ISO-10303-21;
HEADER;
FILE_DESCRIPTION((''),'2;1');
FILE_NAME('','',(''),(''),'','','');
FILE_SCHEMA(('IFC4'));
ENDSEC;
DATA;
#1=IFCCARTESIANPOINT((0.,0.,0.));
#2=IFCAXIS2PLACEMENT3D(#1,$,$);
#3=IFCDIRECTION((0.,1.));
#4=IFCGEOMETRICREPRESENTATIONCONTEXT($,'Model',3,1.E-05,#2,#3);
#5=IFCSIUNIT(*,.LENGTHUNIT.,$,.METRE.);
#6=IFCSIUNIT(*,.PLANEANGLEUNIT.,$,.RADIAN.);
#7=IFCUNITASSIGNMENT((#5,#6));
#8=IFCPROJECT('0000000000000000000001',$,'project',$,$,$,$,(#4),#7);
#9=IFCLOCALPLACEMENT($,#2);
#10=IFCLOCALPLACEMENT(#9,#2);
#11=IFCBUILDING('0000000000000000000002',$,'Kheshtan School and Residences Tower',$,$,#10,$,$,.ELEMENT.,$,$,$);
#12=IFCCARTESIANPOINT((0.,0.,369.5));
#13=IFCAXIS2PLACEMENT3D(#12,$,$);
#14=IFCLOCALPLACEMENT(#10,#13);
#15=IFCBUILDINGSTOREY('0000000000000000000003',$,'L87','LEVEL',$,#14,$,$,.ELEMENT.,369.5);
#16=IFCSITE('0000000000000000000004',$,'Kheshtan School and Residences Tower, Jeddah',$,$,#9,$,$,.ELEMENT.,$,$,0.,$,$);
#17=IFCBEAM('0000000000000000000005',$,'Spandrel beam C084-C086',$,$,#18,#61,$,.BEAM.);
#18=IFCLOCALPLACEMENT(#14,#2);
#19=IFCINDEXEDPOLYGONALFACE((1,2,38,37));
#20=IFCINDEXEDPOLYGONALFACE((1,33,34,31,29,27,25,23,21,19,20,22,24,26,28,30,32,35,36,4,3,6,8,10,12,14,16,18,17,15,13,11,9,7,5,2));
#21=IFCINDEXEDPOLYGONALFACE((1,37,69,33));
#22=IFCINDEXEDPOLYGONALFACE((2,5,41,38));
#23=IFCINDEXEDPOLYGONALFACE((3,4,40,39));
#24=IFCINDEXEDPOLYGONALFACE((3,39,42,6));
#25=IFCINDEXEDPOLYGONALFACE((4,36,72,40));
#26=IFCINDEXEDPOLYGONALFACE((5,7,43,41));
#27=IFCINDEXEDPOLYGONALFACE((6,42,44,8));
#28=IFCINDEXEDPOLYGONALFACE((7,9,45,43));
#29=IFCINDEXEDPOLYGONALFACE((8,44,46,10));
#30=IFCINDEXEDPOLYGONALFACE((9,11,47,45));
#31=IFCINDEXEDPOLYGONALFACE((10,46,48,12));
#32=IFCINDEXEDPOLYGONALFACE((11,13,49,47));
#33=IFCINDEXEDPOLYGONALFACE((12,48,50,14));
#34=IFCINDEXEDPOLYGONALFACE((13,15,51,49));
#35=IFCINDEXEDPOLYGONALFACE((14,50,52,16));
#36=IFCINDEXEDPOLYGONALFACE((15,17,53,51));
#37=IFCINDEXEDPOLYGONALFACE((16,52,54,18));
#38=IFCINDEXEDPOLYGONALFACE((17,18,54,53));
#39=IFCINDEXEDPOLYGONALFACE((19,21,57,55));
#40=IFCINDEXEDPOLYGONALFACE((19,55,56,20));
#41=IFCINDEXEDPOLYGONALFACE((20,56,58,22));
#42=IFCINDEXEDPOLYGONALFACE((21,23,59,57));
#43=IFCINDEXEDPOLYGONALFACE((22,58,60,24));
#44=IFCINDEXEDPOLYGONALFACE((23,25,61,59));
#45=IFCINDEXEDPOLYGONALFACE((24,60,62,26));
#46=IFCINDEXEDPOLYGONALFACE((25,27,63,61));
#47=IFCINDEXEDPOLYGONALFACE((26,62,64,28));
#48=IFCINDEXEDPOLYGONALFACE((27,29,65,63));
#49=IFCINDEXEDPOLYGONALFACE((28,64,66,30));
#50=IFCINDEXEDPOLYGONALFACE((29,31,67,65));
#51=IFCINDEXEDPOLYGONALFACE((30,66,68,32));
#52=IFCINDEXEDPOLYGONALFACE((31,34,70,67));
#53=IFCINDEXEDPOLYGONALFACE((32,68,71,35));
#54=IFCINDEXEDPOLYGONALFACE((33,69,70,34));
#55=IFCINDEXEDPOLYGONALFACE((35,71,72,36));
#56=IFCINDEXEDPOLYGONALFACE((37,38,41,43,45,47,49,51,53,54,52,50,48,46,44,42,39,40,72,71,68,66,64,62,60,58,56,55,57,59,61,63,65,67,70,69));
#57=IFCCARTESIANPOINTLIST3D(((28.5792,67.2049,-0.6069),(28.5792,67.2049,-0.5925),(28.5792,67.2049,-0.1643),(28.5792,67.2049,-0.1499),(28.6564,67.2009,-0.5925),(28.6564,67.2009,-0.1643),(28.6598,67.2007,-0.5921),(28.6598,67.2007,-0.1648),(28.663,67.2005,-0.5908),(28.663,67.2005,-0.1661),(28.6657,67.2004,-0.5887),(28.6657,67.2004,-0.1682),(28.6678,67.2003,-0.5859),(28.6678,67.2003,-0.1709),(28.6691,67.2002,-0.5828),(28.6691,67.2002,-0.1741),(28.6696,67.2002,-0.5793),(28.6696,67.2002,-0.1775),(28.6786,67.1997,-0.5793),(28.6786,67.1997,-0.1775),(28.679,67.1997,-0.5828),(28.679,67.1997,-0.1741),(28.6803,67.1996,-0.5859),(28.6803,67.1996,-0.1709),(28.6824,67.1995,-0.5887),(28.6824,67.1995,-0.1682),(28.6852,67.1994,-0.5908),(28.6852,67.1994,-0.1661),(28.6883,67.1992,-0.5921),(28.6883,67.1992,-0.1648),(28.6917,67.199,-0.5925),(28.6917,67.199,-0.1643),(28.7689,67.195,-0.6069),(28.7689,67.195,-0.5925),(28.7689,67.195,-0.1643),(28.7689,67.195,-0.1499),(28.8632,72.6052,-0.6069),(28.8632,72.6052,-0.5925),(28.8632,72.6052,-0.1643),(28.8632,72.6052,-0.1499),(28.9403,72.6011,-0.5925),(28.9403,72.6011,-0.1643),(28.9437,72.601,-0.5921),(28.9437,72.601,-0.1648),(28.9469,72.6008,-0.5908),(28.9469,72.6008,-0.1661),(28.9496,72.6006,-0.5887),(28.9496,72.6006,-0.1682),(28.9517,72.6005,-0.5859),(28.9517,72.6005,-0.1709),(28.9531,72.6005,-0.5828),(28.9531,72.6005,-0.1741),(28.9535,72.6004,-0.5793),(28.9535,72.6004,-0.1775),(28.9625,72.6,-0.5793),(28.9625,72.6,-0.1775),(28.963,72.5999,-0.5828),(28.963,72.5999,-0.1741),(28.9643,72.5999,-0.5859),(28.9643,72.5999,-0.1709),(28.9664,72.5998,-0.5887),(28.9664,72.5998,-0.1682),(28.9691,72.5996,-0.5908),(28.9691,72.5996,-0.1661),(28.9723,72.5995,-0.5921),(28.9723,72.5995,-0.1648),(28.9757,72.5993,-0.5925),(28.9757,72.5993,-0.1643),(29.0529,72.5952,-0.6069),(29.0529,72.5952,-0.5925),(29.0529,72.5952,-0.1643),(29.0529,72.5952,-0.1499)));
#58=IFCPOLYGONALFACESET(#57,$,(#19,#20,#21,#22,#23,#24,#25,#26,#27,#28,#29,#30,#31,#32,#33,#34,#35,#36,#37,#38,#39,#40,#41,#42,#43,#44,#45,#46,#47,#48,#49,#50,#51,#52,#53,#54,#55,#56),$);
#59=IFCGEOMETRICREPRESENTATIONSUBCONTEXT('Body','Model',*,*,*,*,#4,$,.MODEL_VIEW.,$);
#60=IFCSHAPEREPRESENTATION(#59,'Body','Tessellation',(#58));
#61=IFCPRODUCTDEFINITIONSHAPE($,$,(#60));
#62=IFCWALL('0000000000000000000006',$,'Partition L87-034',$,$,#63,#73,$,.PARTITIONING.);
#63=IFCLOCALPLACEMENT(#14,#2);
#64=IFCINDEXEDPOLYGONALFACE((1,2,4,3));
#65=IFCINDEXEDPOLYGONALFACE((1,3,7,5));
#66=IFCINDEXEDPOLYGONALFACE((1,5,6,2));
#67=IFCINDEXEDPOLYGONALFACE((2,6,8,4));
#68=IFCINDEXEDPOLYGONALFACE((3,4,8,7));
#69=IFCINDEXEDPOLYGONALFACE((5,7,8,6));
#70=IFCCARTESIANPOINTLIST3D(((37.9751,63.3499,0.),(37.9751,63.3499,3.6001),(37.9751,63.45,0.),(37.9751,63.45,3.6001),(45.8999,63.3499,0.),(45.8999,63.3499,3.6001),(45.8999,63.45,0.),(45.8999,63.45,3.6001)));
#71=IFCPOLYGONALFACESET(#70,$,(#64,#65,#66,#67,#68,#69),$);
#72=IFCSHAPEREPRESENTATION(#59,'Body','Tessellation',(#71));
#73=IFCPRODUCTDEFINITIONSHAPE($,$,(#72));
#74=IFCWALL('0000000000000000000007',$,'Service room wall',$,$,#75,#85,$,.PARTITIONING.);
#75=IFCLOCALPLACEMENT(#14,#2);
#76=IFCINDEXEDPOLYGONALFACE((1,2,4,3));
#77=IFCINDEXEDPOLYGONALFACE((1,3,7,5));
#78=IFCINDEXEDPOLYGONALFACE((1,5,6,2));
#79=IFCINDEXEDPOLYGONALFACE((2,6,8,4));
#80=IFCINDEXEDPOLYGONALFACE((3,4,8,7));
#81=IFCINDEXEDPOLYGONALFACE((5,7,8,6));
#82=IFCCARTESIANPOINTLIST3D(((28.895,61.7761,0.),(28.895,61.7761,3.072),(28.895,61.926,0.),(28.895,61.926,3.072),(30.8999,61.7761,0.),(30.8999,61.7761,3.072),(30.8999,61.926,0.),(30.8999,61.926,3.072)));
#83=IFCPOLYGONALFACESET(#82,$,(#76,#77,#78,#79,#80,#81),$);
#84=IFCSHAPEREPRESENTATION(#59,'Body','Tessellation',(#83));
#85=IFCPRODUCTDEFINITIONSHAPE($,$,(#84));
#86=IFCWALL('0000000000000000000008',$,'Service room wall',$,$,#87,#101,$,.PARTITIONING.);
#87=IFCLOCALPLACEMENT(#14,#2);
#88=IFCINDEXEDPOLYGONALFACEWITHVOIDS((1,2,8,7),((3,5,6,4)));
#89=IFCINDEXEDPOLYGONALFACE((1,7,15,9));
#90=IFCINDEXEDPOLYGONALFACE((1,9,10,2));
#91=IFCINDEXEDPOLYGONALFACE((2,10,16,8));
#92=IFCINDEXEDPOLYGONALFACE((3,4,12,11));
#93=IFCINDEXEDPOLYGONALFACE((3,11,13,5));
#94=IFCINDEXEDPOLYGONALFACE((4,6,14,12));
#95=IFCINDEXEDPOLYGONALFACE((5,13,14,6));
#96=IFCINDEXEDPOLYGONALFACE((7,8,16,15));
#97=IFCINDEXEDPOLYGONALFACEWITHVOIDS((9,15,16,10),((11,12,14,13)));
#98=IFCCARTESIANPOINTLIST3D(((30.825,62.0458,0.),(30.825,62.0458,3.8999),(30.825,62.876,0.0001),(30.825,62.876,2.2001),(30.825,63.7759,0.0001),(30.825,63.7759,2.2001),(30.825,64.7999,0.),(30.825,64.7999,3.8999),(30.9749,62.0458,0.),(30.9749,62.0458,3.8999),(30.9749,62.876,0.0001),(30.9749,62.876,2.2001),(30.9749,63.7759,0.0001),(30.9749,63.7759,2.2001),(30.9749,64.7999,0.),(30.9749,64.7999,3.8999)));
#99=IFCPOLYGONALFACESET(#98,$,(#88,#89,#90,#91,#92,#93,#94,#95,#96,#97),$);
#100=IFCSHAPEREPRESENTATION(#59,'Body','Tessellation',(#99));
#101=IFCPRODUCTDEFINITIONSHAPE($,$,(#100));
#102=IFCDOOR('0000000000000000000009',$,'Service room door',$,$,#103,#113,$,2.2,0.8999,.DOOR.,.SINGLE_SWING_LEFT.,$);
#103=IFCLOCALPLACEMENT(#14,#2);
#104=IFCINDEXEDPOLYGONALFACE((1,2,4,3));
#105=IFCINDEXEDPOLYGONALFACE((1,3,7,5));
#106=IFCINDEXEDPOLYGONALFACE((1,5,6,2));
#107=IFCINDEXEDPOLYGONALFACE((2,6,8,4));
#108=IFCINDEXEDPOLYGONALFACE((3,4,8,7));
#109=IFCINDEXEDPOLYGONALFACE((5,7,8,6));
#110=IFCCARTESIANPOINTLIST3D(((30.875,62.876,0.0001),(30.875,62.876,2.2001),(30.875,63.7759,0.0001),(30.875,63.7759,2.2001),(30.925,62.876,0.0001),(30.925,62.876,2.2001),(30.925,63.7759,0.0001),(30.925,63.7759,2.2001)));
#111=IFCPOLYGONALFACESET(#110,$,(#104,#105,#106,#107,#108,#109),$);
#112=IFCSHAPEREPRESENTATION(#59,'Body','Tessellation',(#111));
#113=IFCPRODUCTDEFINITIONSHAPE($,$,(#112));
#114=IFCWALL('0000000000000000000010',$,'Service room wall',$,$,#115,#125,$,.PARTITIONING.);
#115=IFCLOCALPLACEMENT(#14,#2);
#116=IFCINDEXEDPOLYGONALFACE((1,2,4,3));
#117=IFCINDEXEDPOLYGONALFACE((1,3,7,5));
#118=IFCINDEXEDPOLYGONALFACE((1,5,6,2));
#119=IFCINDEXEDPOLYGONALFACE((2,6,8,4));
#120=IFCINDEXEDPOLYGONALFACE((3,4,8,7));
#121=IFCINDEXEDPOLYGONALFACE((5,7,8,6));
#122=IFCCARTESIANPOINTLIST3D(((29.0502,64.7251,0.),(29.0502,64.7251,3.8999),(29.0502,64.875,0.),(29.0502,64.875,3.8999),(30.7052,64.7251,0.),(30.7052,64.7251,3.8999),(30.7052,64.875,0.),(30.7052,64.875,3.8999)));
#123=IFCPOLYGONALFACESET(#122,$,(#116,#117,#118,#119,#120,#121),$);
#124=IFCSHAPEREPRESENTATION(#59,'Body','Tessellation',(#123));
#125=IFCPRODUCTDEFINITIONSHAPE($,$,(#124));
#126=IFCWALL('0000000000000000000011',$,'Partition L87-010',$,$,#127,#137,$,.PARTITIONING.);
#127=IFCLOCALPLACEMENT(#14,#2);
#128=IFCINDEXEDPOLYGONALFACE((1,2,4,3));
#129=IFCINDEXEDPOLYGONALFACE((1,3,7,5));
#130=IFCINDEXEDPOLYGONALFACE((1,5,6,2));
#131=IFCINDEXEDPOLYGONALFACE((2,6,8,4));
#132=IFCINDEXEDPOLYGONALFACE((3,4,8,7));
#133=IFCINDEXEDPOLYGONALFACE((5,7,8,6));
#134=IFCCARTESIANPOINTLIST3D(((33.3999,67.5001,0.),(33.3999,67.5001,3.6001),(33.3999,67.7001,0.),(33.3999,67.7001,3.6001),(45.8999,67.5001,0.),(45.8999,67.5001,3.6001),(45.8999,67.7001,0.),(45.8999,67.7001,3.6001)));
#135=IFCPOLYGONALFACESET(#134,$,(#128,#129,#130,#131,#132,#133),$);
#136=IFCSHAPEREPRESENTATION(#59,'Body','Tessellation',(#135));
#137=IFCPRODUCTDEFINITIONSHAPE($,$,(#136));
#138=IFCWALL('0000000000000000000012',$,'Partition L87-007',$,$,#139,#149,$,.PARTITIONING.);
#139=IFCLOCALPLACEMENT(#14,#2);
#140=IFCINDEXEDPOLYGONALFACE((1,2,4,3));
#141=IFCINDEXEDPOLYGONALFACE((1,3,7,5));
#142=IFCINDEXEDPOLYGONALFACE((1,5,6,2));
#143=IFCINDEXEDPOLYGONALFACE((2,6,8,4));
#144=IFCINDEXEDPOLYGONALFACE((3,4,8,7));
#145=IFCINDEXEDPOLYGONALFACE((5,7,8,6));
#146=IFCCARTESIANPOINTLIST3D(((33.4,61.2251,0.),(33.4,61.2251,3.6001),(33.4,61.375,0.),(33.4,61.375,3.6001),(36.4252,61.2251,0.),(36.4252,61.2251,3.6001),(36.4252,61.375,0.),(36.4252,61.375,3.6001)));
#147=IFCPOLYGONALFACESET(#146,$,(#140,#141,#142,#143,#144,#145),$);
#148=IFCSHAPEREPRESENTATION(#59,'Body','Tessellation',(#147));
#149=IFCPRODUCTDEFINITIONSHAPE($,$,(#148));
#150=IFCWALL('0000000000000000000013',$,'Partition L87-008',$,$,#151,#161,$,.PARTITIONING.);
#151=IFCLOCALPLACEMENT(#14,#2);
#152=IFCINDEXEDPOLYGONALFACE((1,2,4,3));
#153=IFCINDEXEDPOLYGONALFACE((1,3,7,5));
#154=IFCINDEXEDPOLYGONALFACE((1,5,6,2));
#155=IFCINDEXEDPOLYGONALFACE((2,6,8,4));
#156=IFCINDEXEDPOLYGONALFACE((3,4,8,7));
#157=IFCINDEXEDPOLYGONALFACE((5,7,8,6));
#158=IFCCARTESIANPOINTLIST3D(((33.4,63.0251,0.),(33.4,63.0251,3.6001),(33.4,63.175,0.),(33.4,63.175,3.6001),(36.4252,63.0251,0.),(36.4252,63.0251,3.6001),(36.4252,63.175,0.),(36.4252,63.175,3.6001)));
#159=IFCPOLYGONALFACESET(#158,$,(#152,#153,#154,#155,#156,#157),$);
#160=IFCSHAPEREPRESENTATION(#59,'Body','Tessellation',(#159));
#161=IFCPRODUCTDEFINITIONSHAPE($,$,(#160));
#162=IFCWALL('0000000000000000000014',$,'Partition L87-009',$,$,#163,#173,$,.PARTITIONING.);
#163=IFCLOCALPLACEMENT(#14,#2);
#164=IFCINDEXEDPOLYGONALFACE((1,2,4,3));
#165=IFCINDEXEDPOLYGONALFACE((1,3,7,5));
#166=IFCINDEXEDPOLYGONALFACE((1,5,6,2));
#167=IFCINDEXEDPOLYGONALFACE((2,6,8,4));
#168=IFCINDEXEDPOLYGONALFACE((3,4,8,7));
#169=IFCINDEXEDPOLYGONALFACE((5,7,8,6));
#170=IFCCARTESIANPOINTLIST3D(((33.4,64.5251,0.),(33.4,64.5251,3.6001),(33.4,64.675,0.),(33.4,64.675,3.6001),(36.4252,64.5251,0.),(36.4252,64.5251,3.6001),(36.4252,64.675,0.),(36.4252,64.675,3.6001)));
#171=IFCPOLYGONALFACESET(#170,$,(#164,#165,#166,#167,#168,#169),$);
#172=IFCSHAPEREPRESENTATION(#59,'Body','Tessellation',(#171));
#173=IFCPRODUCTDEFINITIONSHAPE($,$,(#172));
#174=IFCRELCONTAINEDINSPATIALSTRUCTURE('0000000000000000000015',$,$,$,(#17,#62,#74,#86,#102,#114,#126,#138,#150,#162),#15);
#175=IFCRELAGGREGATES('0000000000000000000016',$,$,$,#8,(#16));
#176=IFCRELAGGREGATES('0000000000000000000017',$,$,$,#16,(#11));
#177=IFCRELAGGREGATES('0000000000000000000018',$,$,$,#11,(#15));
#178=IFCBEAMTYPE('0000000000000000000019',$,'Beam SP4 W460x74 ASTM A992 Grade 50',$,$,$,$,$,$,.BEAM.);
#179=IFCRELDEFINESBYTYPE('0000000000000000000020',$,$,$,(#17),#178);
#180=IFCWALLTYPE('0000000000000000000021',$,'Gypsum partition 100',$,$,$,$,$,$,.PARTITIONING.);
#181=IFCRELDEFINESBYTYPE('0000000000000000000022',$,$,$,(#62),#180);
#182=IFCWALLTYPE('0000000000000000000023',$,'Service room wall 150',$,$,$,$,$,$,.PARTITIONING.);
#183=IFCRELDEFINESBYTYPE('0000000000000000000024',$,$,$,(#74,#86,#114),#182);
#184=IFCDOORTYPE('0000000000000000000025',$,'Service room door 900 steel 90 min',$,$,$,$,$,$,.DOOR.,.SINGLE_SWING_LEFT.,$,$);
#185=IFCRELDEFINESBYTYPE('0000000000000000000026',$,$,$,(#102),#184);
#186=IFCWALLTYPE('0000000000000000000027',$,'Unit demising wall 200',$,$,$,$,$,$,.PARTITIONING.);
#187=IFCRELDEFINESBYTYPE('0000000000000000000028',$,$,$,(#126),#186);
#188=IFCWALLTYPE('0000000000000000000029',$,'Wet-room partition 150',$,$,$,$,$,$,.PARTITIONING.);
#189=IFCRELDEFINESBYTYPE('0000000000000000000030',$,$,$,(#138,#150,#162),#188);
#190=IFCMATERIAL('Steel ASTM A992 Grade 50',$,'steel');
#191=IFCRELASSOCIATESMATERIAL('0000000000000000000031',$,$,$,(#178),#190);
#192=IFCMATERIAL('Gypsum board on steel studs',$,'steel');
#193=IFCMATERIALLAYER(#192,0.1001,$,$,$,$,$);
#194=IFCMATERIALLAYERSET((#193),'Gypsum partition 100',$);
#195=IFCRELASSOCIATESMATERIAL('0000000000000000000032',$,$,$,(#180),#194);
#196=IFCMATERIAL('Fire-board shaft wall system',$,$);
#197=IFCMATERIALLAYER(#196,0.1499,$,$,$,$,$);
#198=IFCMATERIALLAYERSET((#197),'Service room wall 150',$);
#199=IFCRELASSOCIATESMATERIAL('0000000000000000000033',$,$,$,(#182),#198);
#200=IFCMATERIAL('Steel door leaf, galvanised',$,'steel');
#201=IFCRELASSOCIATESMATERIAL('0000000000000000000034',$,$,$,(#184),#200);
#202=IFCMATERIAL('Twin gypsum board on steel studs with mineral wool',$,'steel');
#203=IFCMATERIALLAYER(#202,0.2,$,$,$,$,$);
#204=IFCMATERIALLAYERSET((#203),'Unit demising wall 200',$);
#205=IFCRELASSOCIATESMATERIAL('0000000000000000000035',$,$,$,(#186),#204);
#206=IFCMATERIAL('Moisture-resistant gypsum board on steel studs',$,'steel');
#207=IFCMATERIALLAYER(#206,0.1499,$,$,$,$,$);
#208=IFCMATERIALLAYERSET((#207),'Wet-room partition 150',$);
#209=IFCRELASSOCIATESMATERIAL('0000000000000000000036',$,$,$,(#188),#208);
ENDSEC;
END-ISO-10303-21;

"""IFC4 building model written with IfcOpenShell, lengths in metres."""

from ifc_helpers import new_model, si_unit, direction, frame, frame_2d, origin, origin_2d, place, context, subcontext, project, spatial, rectangle, i_section, extrude, source, transform, mapped, material, layer, layer_set, material_profile, profile_set, type_object, element, fill, save


model = new_model("IFC4")

# Units and contexts
model_context = context("Model", 3, precision=1e-05, world=origin(), true_north=direction((0.0, 1.0)))
body_context = subcontext(model_context, "Body", "Model", "MODEL_VIEW")
ifc_project = project(units=[si_unit("LENGTHUNIT", "METRE"), si_unit("PLANEANGLEUNIT", "RADIAN")], contexts=[model_context])

# Site, building, storey
site_placement = place(None, origin())
site = spatial("IfcSite", under=ifc_project, at=site_placement, Name="Kheshtan School and Residences Tower, Jeddah", CompositionType="ELEMENT", RefElevation=0.0)
building_placement = place(site_placement, origin())
building = spatial("IfcBuilding", under=site, at=building_placement, Name="Kheshtan School and Residences Tower", CompositionType="ELEMENT")
storey_placement = place(building_placement, frame((0.0, 0.0, 369.5)))
storey = spatial("IfcBuildingStorey", under=building, at=storey_placement, Name="L87", Description="LEVEL", CompositionType="ELEMENT", Elevation=369.5)

# Shared definitions
ifc_material_1 = material(Name="Steel ASTM A992 Grade 50", Category="steel")

# Beam
ifc_material_profile_1 = material_profile(ifc_material_1, i_section(OverallWidth=0.1899, OverallDepth=0.457, WebThickness=0.009, FlangeThickness=0.0144, FilletRadius=0.0132, at=origin_2d()), Name="W460x74")
ifc_profile_set_1 = profile_set([ifc_material_profile_1], Name="Steel ASTM A992 Grade 50")
beam_type_1 = type_object("IfcBeamType", Name="Beam SP4 W460x74 ASTM A992 Grade 50", PredefinedType="BEAM", material=ifc_profile_set_1)
beam_1_placement = place(storey_placement, frame((28.6741, 67.2, -0.3784), z_axis=(0.052507, 0.998621, 0.0), x_axis=(-0.998621, 0.052507, 0.0)))
element("IfcBeam", 1, at=beam_1_placement, inside=storey, type_object=beam_type_1, Name="Spandrel beam C084-C086", PredefinedType="BEAM", context=body_context, shape_type="SweptSolid", body=[
    extrude(i_section(OverallWidth=0.1899, OverallDepth=0.457, WebThickness=0.009, FlangeThickness=0.0144, FilletRadius=0.0132, at=origin_2d()), origin(), (0.0, 0.0, 1.0), 5.4077),
])

# Walls
ifc_material_2 = material(Name="Gypsum board on steel studs", Category="steel")
ifc_layer_1 = layer(ifc_material_2, 0.1001)
ifc_layer_set_1 = layer_set([ifc_layer_1], Name="Gypsum partition 100")
wall_type_1 = type_object("IfcWallType", Name="Gypsum partition 100", PredefinedType="PARTITIONING", material=ifc_layer_set_1)
wall_1_placement = place(storey_placement, frame((37.9751, 63.3999, 0.0), z_axis=(0.0, 0.0, 1.0), x_axis=(1.0, 0.0, 0.0)))
element("IfcWall", 2, at=wall_1_placement, inside=storey, type_object=wall_type_1, Name="Partition L87-034", PredefinedType="PARTITIONING", context=body_context, shape_type="SweptSolid", body=[
    extrude(rectangle(XDim=7.9248, YDim=0.1001, at=frame_2d((3.9624, 0.0))), origin(), (0.0, 0.0, 1.0), 3.6001),
])
ifc_material_3 = material(Name="Fire-board shaft wall system")
ifc_layer_2 = layer(ifc_material_3, 0.1499)
ifc_layer_set_2 = layer_set([ifc_layer_2], Name="Service room wall 150")
wall_type_2 = type_object("IfcWallType", Name="Service room wall 150", PredefinedType="PARTITIONING", material=ifc_layer_set_2)
wall_2_placement = place(storey_placement, frame((28.895, 61.8511, 0.0), z_axis=(0.0, 0.0, 1.0), x_axis=(1.0, 0.0, 0.0)))
element("IfcWall", 3, at=wall_2_placement, inside=storey, type_object=wall_type_2, Name="Service room wall", PredefinedType="PARTITIONING", context=body_context, shape_type="SweptSolid", body=[
    extrude(rectangle(XDim=2.0049, YDim=0.1499, at=frame_2d((1.0024, 0.0))), origin(), (0.0, 0.0, 1.0), 3.072),
])

# Wall, opening, door
wall_3_placement = place(storey_placement, frame((30.8999, 62.0459, 0.0), z_axis=(0.0, 0.0, 1.0), x_axis=(0.0, 1.0, 0.0)))
wall_3 = element("IfcWall", 4, at=wall_3_placement, inside=storey, type_object=wall_type_2, Name="Service room wall", PredefinedType="PARTITIONING", context=body_context, shape_type="SweptSolid", body=[
    extrude(rectangle(XDim=2.7542, YDim=0.1499, at=frame_2d((1.377, 0.0))), origin(), (0.0, 0.0, 1.0), 3.8999),
])
opening_1_placement = place(wall_3_placement, frame((0.8301, 0.0, 0.0)))
opening_1 = element("IfcOpeningElement", 5, at=opening_1_placement, cuts=wall_3, PredefinedType="OPENING", context=body_context, shape_type="SweptSolid", body=[
    extrude(rectangle(XDim=0.8999, YDim=2.2, at=frame_2d((0.45, 1.1001))), frame((0.0, 0.085, 0.0), z_axis=(0.0, -1.0, 0.0), x_axis=(1.0, 0.0, 0.0)), (0.0, 0.0, 1.0), 0.1699),
])
ifc_material_4 = material(Name="Steel door leaf, galvanised", Category="steel")
door_type_1 = type_object("IfcDoorType", Name="Service room door 900 steel 90 min", OperationType="SINGLE_SWING_LEFT", PredefinedType="DOOR", material=ifc_material_4)
shared_shape_1 = source(origin(), body_context, "Body", "SweptSolid", [
    extrude(rectangle(XDim=0.8999, YDim=2.2, at=frame_2d((0.45, 1.1001))), frame((0.0, 0.0249, 0.0), z_axis=(0.0, -1.0, 0.0), x_axis=(1.0, 0.0, 0.0)), (0.0, 0.0, 1.0), 0.05),
])
door_1_placement = place(opening_1_placement, origin())
door_1 = element("IfcDoor", 6, at=door_1_placement, inside=storey, type_object=door_type_1, Name="Service room door", OperationType="SINGLE_SWING_LEFT", OverallHeight=2.2, OverallWidth=0.8999, PredefinedType="DOOR", context=body_context, shape_type="MappedRepresentation", body=[
    mapped(shared_shape_1, transform((0.0, 0.0, 0.0), x_axis=(1.0, 0.0, 0.0), y_axis=(0.0, 1.0, 0.0), z_axis=(0.0, 0.0, 1.0), scale=1.0)),
])
fill(opening_1, door_1)

# Walls
wall_4_placement = place(storey_placement, frame((29.05, 64.8, 0.0), z_axis=(0.0, 0.0, 1.0), x_axis=(1.0, 0.0, 0.0)))
element("IfcWall", 7, at=wall_4_placement, inside=storey, type_object=wall_type_2, Name="Service room wall", PredefinedType="PARTITIONING", context=body_context, shape_type="SweptSolid", body=[
    extrude(rectangle(XDim=1.655, YDim=0.1499, at=frame_2d((0.8276, 0.0))), origin(), (0.0, 0.0, 1.0), 3.8999),
])
ifc_material_5 = material(Name="Twin gypsum board on steel studs with mineral wool", Category="steel")
ifc_layer_3 = layer(ifc_material_5, 0.2)
ifc_layer_set_3 = layer_set([ifc_layer_3], Name="Unit demising wall 200")
wall_type_3 = type_object("IfcWallType", Name="Unit demising wall 200", PredefinedType="PARTITIONING", material=ifc_layer_set_3)
wall_5_placement = place(storey_placement, frame((33.3999, 67.6001, 0.0), z_axis=(0.0, 0.0, 1.0), x_axis=(1.0, 0.0, 0.0)))
element("IfcWall", 8, at=wall_5_placement, inside=storey, type_object=wall_type_3, Name="Partition L87-010", PredefinedType="PARTITIONING", context=body_context, shape_type="SweptSolid", body=[
    extrude(rectangle(XDim=12.5, YDim=0.2, at=frame_2d((6.25, 0.0))), origin(), (0.0, 0.0, 1.0), 3.6001),
])
ifc_material_6 = material(Name="Moisture-resistant gypsum board on steel studs", Category="steel")
ifc_layer_4 = layer(ifc_material_6, 0.1499)
ifc_layer_set_4 = layer_set([ifc_layer_4], Name="Wet-room partition 150")
wall_type_4 = type_object("IfcWallType", Name="Wet-room partition 150", PredefinedType="PARTITIONING", material=ifc_layer_set_4)
for number, where, z_axis, x_axis, name in (
    (9, (33.3999, 61.3, 0.0), (0.0, 0.0, 1.0), (1.0, 0.0, 0.0), "Partition L87-007"),
    (10, (33.3999, 63.1001, 0.0), (0.0, 0.0, 1.0), (1.0, 0.0, 0.0), "Partition L87-008"),
    (11, (33.3999, 64.6001, 0.0), (0.0, 0.0, 1.0), (1.0, 0.0, 0.0), "Partition L87-009"),
):
    element("IfcWall", number, at=place(storey_placement, frame(where, z_axis=z_axis, x_axis=x_axis)), inside=storey, type_object=wall_type_4, Name=name, PredefinedType="PARTITIONING", context=body_context, shape_type="SweptSolid", body=[
        extrude(rectangle(XDim=3.0251, YDim=0.1499, at=frame_2d((1.5127, 0.0))), origin(), (0.0, 0.0, 1.0), 3.6001),
    ])

save(model, "model.ifc")
